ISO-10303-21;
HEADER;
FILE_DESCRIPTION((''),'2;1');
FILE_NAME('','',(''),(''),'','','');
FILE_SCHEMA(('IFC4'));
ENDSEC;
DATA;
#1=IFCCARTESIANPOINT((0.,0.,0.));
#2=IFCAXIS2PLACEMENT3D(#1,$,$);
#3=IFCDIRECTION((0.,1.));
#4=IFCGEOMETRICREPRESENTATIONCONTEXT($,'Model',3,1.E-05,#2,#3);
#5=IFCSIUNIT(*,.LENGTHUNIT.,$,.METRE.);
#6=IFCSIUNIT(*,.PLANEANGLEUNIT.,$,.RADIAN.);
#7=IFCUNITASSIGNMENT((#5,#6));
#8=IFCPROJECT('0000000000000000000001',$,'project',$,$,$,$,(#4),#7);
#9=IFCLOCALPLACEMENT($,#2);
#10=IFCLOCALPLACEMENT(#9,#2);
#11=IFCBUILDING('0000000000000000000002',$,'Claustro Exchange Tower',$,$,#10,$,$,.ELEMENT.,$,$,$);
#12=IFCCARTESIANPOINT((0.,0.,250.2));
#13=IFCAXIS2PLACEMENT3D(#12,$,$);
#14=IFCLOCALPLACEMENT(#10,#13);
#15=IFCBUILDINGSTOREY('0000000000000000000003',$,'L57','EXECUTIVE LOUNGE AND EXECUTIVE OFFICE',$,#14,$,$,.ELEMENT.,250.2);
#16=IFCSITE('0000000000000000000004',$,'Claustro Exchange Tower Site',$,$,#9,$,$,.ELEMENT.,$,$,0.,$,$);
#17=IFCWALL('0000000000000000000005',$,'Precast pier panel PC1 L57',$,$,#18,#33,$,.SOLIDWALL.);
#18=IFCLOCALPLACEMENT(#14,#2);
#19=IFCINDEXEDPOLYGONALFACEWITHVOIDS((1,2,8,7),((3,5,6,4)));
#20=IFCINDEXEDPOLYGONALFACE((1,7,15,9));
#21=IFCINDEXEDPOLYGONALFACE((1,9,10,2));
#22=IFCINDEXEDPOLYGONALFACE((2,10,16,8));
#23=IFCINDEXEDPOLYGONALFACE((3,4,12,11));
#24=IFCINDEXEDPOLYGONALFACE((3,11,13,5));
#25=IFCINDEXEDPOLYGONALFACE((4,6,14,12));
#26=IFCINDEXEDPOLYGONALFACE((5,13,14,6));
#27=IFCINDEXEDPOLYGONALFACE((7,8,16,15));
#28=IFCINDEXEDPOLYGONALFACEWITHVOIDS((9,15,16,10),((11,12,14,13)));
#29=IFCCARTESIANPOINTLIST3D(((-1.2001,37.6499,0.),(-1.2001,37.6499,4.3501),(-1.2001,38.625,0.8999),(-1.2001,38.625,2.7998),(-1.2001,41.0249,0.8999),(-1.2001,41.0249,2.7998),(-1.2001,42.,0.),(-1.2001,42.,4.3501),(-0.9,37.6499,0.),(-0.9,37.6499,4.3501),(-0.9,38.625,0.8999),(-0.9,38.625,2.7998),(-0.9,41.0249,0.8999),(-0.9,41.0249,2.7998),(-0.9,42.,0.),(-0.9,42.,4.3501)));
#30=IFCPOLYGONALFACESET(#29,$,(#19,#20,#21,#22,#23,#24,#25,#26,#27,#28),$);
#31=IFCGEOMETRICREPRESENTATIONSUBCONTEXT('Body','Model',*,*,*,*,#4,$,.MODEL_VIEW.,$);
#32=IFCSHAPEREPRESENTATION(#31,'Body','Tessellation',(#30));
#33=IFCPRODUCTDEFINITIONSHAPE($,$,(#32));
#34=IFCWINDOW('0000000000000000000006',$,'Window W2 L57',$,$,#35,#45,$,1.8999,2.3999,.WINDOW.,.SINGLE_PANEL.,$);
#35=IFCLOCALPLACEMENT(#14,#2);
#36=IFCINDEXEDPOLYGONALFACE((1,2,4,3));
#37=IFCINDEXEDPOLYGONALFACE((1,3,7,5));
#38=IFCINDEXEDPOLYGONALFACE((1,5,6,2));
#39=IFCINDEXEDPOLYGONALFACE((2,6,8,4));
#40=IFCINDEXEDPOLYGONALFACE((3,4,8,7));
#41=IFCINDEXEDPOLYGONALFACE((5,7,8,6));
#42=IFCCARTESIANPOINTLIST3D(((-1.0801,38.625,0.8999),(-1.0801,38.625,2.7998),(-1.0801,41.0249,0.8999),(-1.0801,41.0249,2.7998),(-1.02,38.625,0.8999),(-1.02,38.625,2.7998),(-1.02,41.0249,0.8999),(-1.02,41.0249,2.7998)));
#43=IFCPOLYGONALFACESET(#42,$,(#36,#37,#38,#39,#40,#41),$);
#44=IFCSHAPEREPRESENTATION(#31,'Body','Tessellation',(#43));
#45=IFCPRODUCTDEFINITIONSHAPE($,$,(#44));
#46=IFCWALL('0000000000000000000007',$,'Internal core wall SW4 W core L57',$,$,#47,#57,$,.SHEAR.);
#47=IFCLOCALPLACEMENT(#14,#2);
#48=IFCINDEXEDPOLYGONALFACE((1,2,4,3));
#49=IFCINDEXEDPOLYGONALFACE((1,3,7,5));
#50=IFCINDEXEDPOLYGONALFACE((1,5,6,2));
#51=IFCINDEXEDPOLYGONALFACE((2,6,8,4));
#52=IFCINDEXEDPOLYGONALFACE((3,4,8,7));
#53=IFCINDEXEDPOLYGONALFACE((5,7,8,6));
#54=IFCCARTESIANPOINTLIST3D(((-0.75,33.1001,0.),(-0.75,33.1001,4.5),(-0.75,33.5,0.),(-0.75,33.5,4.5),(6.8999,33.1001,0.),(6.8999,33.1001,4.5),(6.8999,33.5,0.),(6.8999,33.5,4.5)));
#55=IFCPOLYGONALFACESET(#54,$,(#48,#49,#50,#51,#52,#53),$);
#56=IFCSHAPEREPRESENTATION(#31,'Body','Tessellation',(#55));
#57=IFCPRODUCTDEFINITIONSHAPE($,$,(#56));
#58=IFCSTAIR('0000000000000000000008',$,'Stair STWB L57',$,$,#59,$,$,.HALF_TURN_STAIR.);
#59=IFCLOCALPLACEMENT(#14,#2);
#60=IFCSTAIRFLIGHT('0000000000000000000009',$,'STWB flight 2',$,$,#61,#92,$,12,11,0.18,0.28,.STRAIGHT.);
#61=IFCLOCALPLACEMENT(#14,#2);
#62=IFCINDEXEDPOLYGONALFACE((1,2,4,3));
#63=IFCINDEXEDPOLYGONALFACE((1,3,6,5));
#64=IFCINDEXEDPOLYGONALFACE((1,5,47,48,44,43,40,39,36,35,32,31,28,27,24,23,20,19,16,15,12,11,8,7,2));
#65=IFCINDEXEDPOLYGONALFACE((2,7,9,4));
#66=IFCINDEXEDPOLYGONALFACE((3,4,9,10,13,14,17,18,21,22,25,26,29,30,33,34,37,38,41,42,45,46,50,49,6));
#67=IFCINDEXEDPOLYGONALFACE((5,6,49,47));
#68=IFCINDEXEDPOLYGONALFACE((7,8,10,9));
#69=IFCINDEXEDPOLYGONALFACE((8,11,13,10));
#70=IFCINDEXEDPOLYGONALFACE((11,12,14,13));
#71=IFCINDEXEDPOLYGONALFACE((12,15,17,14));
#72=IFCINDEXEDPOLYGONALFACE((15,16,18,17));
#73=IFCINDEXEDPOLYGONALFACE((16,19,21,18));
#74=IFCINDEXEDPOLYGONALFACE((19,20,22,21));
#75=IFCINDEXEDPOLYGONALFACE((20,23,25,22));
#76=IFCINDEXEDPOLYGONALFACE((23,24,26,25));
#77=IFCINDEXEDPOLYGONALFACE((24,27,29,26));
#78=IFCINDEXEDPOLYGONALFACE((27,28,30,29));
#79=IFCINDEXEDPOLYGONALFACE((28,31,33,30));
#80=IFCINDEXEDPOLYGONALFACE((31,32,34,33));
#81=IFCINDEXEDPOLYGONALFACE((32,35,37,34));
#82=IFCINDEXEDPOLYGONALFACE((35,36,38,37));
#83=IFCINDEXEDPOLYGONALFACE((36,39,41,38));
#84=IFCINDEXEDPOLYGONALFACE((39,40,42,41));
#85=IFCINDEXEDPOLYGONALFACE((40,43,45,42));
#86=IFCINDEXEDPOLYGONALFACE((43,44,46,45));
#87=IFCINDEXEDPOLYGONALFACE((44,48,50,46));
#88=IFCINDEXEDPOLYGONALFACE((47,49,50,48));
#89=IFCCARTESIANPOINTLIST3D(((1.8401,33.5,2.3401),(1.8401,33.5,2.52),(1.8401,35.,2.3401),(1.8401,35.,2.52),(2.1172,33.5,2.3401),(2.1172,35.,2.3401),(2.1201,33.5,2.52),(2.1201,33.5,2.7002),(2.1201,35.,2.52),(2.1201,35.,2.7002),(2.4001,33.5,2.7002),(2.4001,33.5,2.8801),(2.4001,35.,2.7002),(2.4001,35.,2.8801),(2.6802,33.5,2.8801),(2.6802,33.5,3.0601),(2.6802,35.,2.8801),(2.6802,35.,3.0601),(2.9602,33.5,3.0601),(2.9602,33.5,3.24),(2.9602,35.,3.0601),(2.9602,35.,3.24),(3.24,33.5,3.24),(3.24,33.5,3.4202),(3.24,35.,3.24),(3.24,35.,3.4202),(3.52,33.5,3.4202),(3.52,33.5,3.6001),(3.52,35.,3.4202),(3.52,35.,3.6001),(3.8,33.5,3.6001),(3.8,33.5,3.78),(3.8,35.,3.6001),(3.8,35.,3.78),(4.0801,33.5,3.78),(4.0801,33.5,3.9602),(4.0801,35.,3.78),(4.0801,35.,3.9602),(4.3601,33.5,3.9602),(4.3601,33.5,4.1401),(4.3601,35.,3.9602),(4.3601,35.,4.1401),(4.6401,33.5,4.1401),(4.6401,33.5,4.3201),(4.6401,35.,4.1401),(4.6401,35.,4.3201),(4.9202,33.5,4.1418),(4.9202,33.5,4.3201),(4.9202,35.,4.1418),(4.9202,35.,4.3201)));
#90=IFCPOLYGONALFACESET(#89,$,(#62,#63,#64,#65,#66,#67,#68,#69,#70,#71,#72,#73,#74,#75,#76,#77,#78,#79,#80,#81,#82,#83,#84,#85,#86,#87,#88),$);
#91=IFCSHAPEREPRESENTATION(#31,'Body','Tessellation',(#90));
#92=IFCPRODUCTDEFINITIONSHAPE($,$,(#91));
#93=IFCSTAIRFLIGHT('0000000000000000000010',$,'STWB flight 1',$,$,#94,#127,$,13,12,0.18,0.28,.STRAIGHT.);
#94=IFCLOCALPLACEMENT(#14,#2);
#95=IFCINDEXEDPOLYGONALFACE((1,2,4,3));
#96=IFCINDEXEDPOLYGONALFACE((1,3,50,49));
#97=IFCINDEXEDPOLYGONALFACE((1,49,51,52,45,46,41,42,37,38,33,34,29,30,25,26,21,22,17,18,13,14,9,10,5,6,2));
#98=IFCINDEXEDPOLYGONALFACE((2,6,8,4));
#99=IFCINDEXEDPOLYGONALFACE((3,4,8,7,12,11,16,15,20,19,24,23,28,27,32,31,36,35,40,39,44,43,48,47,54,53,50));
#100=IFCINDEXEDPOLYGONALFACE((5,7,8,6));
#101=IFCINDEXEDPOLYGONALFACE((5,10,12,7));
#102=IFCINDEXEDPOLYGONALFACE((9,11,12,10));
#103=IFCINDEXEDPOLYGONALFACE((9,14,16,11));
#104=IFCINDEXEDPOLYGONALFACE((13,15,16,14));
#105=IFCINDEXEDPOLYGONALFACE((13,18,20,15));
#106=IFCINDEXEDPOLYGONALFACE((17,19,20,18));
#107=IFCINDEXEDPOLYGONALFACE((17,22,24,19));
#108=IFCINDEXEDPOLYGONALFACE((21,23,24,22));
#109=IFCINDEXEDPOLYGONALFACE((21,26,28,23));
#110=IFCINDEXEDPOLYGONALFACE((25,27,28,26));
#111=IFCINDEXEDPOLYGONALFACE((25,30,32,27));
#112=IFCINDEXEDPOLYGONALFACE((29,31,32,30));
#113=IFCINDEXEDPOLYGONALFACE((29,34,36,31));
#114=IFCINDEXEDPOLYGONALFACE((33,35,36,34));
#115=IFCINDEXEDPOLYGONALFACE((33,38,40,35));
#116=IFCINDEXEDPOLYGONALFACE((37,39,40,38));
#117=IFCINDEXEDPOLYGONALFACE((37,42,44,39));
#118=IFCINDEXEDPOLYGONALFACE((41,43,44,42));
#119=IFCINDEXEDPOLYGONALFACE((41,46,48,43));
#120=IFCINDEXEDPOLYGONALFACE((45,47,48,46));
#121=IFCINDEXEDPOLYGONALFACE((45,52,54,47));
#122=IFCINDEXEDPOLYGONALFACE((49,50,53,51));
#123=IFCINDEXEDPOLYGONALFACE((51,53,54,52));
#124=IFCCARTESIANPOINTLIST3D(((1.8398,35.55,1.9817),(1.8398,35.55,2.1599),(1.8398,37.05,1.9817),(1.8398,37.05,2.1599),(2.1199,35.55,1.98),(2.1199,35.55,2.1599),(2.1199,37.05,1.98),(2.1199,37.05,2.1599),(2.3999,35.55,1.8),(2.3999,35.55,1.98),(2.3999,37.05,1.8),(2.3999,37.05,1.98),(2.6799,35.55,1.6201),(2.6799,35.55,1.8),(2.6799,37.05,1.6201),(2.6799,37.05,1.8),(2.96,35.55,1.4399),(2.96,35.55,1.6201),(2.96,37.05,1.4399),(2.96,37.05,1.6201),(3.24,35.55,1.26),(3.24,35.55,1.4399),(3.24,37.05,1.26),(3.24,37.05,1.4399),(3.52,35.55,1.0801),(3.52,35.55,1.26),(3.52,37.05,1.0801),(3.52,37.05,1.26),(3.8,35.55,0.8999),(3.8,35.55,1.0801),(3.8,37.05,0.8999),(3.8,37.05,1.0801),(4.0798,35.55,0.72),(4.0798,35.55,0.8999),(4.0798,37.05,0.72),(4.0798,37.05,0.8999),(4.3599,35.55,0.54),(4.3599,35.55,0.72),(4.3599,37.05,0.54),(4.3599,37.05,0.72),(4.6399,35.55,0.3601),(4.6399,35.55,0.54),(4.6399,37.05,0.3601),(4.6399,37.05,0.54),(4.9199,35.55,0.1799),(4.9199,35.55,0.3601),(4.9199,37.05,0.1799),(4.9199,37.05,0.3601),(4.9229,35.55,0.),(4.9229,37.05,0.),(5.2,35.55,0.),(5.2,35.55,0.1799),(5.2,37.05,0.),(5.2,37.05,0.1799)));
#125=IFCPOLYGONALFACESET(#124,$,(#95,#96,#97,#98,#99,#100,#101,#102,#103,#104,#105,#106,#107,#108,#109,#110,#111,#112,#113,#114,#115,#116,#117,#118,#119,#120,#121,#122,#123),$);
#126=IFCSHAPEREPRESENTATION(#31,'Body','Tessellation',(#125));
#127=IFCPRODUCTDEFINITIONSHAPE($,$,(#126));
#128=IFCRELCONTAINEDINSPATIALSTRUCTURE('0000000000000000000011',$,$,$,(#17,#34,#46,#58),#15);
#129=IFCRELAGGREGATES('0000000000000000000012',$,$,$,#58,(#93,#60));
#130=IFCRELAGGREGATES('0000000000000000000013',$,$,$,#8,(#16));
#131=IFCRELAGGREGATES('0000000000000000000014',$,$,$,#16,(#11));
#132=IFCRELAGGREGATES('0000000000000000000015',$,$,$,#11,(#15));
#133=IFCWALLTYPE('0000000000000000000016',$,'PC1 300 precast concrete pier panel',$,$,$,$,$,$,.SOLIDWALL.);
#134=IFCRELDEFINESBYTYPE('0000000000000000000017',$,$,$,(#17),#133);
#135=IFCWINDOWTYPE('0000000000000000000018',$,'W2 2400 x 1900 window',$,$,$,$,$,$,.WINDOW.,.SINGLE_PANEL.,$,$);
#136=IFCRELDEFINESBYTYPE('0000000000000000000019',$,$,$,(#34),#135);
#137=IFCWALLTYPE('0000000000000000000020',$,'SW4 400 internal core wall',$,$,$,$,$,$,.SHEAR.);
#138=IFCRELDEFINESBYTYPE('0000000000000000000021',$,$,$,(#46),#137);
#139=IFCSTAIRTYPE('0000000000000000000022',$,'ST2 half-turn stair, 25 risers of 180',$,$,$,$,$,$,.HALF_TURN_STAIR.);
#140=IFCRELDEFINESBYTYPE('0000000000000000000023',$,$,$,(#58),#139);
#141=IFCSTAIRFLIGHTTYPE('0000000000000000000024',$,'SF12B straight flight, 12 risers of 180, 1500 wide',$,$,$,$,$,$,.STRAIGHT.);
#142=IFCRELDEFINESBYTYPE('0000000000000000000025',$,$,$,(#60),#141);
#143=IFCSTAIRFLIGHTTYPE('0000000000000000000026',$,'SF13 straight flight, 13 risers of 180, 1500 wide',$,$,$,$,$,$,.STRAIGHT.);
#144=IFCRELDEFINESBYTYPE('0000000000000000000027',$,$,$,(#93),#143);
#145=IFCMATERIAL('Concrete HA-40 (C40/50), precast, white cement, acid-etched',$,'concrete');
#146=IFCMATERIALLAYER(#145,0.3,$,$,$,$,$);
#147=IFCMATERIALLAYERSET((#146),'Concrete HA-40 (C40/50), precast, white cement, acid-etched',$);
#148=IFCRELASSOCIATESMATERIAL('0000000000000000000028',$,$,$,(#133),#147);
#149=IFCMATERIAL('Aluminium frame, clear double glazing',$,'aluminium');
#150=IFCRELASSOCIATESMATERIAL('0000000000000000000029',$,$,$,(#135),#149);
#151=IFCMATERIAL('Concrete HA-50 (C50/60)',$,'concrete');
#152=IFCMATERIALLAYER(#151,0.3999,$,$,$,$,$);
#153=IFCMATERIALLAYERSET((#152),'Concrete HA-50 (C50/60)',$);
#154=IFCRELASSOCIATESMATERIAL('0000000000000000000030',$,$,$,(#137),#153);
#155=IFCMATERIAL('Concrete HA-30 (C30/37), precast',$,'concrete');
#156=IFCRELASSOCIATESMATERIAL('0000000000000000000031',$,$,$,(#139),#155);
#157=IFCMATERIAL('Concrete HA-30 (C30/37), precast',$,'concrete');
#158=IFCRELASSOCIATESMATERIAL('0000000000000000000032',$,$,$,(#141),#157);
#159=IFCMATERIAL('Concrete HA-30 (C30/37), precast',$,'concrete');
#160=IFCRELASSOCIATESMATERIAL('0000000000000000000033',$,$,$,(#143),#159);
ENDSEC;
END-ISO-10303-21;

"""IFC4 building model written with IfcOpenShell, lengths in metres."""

from ifc_helpers import new_model, si_unit, direction, frame, frame_2d, origin, place, context, subcontext, project, spatial, polyline, rectangle, outline, extrude, material, layer, layer_set, type_object, element, fill, aggregate, save


model = new_model("IFC4")

# Units and contexts
model_context = context("Model", 3, precision=1e-05, world=origin(), true_north=direction((0.0, 1.0)))
body_context = subcontext(model_context, "Body", "Model", "MODEL_VIEW")
ifc_project = project(units=[si_unit("LENGTHUNIT", "METRE"), si_unit("PLANEANGLEUNIT", "RADIAN")], contexts=[model_context])

# Site, building, storey
site_placement = place(None, origin())
site = spatial("IfcSite", under=ifc_project, at=site_placement, Name="Claustro Exchange Tower Site", CompositionType="ELEMENT", RefElevation=0.0)
building_placement = place(site_placement, origin())
building = spatial("IfcBuilding", under=site, at=building_placement, Name="Claustro Exchange Tower", CompositionType="ELEMENT")
storey_placement = place(building_placement, frame((0.0, 0.0, 250.2)))
storey = spatial("IfcBuildingStorey", under=building, at=storey_placement, Name="L57", Description="EXECUTIVE LOUNGE AND EXECUTIVE OFFICE", CompositionType="ELEMENT", Elevation=250.2)

# Wall, opening, window
ifc_material_1 = material(Name="Concrete HA-40 (C40/50), precast, white cement, acid-etched", Category="concrete")
ifc_layer_1 = layer(ifc_material_1, 0.3)
ifc_layer_set_1 = layer_set([ifc_layer_1], Name="Concrete HA-40 (C40/50), precast, white cement, acid-etched")
wall_type_1 = type_object("IfcWallType", Name="PC1 300 precast concrete pier panel", PredefinedType="SOLIDWALL", material=ifc_layer_set_1)
wall_1_placement = place(storey_placement, frame((-1.05, 37.6499, 0.0), z_axis=(0.0, 0.0, 1.0), x_axis=(0.0, 1.0, 0.0)))
wall_1 = element("IfcWall", 1, at=wall_1_placement, inside=storey, type_object=wall_type_1, Name="Precast pier panel PC1 L57", PredefinedType="SOLIDWALL", context=body_context, shape_type="SweptSolid", body=[
    extrude(rectangle(XDim=4.3501, YDim=0.3, at=frame_2d((2.175, 0.0))), origin(), (0.0, 0.0, 1.0), 4.3501),
])
opening_1_placement = place(wall_1_placement, frame((0.9751, 0.0, 0.8999)))
opening_1 = element("IfcOpeningElement", 2, at=opening_1_placement, cuts=wall_1, PredefinedType="OPENING", context=body_context, shape_type="SweptSolid", body=[
    extrude(rectangle(XDim=2.3999, YDim=1.8999, at=frame_2d((1.2, 0.95))), frame((0.0, 0.1599, 0.0), z_axis=(0.0, -1.0, 0.0), x_axis=(1.0, 0.0, 0.0)), (0.0, 0.0, 1.0), 0.3201),
])
ifc_material_2 = material(Name="Aluminium frame, clear double glazing", Category="aluminium")
window_type = type_object("IfcWindowType", Name="W2 2400 x 1900 window", PartitioningType="SINGLE_PANEL", PredefinedType="WINDOW", material=ifc_material_2)
window_placement = place(opening_1_placement, origin())
window = element("IfcWindow", 3, at=window_placement, inside=storey, type_object=window_type, Name="Window W2 L57", OverallHeight=1.8999, OverallWidth=2.3999, PartitioningType="SINGLE_PANEL", PredefinedType="WINDOW", context=body_context, shape_type="SweptSolid", body=[
    extrude(rectangle(XDim=2.3999, YDim=1.8999, at=frame_2d((1.2, 0.95))), frame((0.0, 0.03, 0.0), z_axis=(0.0, -1.0, 0.0), x_axis=(1.0, 0.0, 0.0)), (0.0, 0.0, 1.0), 0.0601),
])
fill(opening_1, window)

# Wall
ifc_material_3 = material(Name="Concrete HA-50 (C50/60)", Category="concrete")
ifc_layer_2 = layer(ifc_material_3, 0.3999)
ifc_layer_set_2 = layer_set([ifc_layer_2], Name="Concrete HA-50 (C50/60)")
wall_type_2 = type_object("IfcWallType", Name="SW4 400 internal core wall", PredefinedType="SHEAR", material=ifc_layer_set_2)
wall_2_placement = place(storey_placement, frame((-0.75, 33.3, 0.0), z_axis=(0.0, 0.0, 1.0), x_axis=(1.0, 0.0, 0.0)))
element("IfcWall", 4, at=wall_2_placement, inside=storey, type_object=wall_type_2, Name="Internal core wall SW4 W core L57", PredefinedType="SHEAR", context=body_context, shape_type="SweptSolid", body=[
    extrude(rectangle(XDim=7.6499, YDim=0.3999, at=frame_2d((3.825, 0.0))), origin(), (0.0, 0.0, 1.0), 4.5),
])

# Stair, stair flights
ifc_material_4 = material(Name="Concrete HA-30 (C30/37), precast", Category="concrete")
stair_type = type_object("IfcStairType", Name="ST2 half-turn stair, 25 risers of 180", PredefinedType="HALF_TURN_STAIR", material=ifc_material_4)
stair_placement = place(storey_placement, origin())
stair = element("IfcStair", 5, at=stair_placement, inside=storey, type_object=stair_type, Name="Stair STWB L57", PredefinedType="HALF_TURN_STAIR")
ifc_material_5 = material(Name="Concrete HA-30 (C30/37), precast", Category="concrete")
stair_flight_type_1 = type_object("IfcStairFlightType", Name="SF12B straight flight, 12 risers of 180, 1500 wide", PredefinedType="STRAIGHT", material=ifc_material_5)
stair_flight_1_placement = place(storey_placement, frame((1.8401, 34.25, 2.3401), z_axis=(0.0, 0.0, 1.0), x_axis=(1.0, 0.0, 0.0)))
stair_flight_1 = element("IfcStairFlight", 6, at=stair_flight_1_placement, type_object=stair_flight_type_1, Name="STWB flight 2", NumberOfRisers=12, NumberOfTreads=11, PredefinedType="STRAIGHT", RiserHeight=0.18, TreadLength=0.28, context=body_context, shape_type="SweptSolid", body=[
    extrude(outline(polyline([(0.0, 0.0), (0.0, 0.1799), (0.28, 0.1799), (0.28, 0.3601), (0.5601, 0.3601), (0.5601, 0.54), (0.8401, 0.54), (0.8401, 0.72), (1.1201, 0.72), (1.1201, 0.8999), (1.3999, 0.8999), (1.3999, 1.0801), (1.6799, 1.0801), (1.6799, 1.26), (1.96, 1.26), (1.96, 1.4399), (2.24, 1.4399), (2.24, 1.6201), (2.52, 1.6201), (2.52, 1.8), (2.8, 1.8), (2.8, 1.98), (3.0801, 1.98), (3.0801, 2.1599), (3.0801, 1.8018), (0.2771, 0.0), (0.0, 0.0)])), frame((0.0, 0.75, 0.0), z_axis=(0.0, -1.0, 0.0), x_axis=(1.0, 0.0, 0.0)), (0.0, 0.0, 1.0), 1.5),
])
ifc_material_6 = material(Name="Concrete HA-30 (C30/37), precast", Category="concrete")
stair_flight_type_2 = type_object("IfcStairFlightType", Name="SF13 straight flight, 13 risers of 180, 1500 wide", PredefinedType="STRAIGHT", material=ifc_material_6)
stair_flight_2_placement = place(storey_placement, frame((5.2, 36.3, 0.0), z_axis=(0.0, 0.0, 1.0), x_axis=(-1.0, 0.0, 0.0)))
stair_flight_2 = element("IfcStairFlight", 7, at=stair_flight_2_placement, type_object=stair_flight_type_2, Name="STWB flight 1", NumberOfRisers=13, NumberOfTreads=12, PredefinedType="STRAIGHT", RiserHeight=0.18, TreadLength=0.28, context=body_context, shape_type="SweptSolid", body=[
    extrude(outline(polyline([(0.0, 0.0), (0.0, 0.1799), (0.28, 0.1799), (0.28, 0.3601), (0.5601, 0.3601), (0.5601, 0.54), (0.8401, 0.54), (0.8401, 0.72), (1.1201, 0.72), (1.1201, 0.8999), (1.3999, 0.8999), (1.3999, 1.0801), (1.6799, 1.0801), (1.6799, 1.26), (1.96, 1.26), (1.96, 1.4399), (2.24, 1.4399), (2.24, 1.6201), (2.52, 1.6201), (2.52, 1.8), (2.8, 1.8), (2.8, 1.98), (3.0801, 1.98), (3.0801, 2.1599), (3.3601, 2.1599), (3.3601, 2.3401), (3.3601, 1.9817), (0.2771, 0.0), (0.0, 0.0)])), frame((0.0, 0.75, 0.0), z_axis=(0.0, -1.0, 0.0), x_axis=(1.0, 0.0, 0.0)), (0.0, 0.0, 1.0), 1.5),
])
aggregate(stair, [stair_flight_2, stair_flight_1])

save(model, "model.ifc")
